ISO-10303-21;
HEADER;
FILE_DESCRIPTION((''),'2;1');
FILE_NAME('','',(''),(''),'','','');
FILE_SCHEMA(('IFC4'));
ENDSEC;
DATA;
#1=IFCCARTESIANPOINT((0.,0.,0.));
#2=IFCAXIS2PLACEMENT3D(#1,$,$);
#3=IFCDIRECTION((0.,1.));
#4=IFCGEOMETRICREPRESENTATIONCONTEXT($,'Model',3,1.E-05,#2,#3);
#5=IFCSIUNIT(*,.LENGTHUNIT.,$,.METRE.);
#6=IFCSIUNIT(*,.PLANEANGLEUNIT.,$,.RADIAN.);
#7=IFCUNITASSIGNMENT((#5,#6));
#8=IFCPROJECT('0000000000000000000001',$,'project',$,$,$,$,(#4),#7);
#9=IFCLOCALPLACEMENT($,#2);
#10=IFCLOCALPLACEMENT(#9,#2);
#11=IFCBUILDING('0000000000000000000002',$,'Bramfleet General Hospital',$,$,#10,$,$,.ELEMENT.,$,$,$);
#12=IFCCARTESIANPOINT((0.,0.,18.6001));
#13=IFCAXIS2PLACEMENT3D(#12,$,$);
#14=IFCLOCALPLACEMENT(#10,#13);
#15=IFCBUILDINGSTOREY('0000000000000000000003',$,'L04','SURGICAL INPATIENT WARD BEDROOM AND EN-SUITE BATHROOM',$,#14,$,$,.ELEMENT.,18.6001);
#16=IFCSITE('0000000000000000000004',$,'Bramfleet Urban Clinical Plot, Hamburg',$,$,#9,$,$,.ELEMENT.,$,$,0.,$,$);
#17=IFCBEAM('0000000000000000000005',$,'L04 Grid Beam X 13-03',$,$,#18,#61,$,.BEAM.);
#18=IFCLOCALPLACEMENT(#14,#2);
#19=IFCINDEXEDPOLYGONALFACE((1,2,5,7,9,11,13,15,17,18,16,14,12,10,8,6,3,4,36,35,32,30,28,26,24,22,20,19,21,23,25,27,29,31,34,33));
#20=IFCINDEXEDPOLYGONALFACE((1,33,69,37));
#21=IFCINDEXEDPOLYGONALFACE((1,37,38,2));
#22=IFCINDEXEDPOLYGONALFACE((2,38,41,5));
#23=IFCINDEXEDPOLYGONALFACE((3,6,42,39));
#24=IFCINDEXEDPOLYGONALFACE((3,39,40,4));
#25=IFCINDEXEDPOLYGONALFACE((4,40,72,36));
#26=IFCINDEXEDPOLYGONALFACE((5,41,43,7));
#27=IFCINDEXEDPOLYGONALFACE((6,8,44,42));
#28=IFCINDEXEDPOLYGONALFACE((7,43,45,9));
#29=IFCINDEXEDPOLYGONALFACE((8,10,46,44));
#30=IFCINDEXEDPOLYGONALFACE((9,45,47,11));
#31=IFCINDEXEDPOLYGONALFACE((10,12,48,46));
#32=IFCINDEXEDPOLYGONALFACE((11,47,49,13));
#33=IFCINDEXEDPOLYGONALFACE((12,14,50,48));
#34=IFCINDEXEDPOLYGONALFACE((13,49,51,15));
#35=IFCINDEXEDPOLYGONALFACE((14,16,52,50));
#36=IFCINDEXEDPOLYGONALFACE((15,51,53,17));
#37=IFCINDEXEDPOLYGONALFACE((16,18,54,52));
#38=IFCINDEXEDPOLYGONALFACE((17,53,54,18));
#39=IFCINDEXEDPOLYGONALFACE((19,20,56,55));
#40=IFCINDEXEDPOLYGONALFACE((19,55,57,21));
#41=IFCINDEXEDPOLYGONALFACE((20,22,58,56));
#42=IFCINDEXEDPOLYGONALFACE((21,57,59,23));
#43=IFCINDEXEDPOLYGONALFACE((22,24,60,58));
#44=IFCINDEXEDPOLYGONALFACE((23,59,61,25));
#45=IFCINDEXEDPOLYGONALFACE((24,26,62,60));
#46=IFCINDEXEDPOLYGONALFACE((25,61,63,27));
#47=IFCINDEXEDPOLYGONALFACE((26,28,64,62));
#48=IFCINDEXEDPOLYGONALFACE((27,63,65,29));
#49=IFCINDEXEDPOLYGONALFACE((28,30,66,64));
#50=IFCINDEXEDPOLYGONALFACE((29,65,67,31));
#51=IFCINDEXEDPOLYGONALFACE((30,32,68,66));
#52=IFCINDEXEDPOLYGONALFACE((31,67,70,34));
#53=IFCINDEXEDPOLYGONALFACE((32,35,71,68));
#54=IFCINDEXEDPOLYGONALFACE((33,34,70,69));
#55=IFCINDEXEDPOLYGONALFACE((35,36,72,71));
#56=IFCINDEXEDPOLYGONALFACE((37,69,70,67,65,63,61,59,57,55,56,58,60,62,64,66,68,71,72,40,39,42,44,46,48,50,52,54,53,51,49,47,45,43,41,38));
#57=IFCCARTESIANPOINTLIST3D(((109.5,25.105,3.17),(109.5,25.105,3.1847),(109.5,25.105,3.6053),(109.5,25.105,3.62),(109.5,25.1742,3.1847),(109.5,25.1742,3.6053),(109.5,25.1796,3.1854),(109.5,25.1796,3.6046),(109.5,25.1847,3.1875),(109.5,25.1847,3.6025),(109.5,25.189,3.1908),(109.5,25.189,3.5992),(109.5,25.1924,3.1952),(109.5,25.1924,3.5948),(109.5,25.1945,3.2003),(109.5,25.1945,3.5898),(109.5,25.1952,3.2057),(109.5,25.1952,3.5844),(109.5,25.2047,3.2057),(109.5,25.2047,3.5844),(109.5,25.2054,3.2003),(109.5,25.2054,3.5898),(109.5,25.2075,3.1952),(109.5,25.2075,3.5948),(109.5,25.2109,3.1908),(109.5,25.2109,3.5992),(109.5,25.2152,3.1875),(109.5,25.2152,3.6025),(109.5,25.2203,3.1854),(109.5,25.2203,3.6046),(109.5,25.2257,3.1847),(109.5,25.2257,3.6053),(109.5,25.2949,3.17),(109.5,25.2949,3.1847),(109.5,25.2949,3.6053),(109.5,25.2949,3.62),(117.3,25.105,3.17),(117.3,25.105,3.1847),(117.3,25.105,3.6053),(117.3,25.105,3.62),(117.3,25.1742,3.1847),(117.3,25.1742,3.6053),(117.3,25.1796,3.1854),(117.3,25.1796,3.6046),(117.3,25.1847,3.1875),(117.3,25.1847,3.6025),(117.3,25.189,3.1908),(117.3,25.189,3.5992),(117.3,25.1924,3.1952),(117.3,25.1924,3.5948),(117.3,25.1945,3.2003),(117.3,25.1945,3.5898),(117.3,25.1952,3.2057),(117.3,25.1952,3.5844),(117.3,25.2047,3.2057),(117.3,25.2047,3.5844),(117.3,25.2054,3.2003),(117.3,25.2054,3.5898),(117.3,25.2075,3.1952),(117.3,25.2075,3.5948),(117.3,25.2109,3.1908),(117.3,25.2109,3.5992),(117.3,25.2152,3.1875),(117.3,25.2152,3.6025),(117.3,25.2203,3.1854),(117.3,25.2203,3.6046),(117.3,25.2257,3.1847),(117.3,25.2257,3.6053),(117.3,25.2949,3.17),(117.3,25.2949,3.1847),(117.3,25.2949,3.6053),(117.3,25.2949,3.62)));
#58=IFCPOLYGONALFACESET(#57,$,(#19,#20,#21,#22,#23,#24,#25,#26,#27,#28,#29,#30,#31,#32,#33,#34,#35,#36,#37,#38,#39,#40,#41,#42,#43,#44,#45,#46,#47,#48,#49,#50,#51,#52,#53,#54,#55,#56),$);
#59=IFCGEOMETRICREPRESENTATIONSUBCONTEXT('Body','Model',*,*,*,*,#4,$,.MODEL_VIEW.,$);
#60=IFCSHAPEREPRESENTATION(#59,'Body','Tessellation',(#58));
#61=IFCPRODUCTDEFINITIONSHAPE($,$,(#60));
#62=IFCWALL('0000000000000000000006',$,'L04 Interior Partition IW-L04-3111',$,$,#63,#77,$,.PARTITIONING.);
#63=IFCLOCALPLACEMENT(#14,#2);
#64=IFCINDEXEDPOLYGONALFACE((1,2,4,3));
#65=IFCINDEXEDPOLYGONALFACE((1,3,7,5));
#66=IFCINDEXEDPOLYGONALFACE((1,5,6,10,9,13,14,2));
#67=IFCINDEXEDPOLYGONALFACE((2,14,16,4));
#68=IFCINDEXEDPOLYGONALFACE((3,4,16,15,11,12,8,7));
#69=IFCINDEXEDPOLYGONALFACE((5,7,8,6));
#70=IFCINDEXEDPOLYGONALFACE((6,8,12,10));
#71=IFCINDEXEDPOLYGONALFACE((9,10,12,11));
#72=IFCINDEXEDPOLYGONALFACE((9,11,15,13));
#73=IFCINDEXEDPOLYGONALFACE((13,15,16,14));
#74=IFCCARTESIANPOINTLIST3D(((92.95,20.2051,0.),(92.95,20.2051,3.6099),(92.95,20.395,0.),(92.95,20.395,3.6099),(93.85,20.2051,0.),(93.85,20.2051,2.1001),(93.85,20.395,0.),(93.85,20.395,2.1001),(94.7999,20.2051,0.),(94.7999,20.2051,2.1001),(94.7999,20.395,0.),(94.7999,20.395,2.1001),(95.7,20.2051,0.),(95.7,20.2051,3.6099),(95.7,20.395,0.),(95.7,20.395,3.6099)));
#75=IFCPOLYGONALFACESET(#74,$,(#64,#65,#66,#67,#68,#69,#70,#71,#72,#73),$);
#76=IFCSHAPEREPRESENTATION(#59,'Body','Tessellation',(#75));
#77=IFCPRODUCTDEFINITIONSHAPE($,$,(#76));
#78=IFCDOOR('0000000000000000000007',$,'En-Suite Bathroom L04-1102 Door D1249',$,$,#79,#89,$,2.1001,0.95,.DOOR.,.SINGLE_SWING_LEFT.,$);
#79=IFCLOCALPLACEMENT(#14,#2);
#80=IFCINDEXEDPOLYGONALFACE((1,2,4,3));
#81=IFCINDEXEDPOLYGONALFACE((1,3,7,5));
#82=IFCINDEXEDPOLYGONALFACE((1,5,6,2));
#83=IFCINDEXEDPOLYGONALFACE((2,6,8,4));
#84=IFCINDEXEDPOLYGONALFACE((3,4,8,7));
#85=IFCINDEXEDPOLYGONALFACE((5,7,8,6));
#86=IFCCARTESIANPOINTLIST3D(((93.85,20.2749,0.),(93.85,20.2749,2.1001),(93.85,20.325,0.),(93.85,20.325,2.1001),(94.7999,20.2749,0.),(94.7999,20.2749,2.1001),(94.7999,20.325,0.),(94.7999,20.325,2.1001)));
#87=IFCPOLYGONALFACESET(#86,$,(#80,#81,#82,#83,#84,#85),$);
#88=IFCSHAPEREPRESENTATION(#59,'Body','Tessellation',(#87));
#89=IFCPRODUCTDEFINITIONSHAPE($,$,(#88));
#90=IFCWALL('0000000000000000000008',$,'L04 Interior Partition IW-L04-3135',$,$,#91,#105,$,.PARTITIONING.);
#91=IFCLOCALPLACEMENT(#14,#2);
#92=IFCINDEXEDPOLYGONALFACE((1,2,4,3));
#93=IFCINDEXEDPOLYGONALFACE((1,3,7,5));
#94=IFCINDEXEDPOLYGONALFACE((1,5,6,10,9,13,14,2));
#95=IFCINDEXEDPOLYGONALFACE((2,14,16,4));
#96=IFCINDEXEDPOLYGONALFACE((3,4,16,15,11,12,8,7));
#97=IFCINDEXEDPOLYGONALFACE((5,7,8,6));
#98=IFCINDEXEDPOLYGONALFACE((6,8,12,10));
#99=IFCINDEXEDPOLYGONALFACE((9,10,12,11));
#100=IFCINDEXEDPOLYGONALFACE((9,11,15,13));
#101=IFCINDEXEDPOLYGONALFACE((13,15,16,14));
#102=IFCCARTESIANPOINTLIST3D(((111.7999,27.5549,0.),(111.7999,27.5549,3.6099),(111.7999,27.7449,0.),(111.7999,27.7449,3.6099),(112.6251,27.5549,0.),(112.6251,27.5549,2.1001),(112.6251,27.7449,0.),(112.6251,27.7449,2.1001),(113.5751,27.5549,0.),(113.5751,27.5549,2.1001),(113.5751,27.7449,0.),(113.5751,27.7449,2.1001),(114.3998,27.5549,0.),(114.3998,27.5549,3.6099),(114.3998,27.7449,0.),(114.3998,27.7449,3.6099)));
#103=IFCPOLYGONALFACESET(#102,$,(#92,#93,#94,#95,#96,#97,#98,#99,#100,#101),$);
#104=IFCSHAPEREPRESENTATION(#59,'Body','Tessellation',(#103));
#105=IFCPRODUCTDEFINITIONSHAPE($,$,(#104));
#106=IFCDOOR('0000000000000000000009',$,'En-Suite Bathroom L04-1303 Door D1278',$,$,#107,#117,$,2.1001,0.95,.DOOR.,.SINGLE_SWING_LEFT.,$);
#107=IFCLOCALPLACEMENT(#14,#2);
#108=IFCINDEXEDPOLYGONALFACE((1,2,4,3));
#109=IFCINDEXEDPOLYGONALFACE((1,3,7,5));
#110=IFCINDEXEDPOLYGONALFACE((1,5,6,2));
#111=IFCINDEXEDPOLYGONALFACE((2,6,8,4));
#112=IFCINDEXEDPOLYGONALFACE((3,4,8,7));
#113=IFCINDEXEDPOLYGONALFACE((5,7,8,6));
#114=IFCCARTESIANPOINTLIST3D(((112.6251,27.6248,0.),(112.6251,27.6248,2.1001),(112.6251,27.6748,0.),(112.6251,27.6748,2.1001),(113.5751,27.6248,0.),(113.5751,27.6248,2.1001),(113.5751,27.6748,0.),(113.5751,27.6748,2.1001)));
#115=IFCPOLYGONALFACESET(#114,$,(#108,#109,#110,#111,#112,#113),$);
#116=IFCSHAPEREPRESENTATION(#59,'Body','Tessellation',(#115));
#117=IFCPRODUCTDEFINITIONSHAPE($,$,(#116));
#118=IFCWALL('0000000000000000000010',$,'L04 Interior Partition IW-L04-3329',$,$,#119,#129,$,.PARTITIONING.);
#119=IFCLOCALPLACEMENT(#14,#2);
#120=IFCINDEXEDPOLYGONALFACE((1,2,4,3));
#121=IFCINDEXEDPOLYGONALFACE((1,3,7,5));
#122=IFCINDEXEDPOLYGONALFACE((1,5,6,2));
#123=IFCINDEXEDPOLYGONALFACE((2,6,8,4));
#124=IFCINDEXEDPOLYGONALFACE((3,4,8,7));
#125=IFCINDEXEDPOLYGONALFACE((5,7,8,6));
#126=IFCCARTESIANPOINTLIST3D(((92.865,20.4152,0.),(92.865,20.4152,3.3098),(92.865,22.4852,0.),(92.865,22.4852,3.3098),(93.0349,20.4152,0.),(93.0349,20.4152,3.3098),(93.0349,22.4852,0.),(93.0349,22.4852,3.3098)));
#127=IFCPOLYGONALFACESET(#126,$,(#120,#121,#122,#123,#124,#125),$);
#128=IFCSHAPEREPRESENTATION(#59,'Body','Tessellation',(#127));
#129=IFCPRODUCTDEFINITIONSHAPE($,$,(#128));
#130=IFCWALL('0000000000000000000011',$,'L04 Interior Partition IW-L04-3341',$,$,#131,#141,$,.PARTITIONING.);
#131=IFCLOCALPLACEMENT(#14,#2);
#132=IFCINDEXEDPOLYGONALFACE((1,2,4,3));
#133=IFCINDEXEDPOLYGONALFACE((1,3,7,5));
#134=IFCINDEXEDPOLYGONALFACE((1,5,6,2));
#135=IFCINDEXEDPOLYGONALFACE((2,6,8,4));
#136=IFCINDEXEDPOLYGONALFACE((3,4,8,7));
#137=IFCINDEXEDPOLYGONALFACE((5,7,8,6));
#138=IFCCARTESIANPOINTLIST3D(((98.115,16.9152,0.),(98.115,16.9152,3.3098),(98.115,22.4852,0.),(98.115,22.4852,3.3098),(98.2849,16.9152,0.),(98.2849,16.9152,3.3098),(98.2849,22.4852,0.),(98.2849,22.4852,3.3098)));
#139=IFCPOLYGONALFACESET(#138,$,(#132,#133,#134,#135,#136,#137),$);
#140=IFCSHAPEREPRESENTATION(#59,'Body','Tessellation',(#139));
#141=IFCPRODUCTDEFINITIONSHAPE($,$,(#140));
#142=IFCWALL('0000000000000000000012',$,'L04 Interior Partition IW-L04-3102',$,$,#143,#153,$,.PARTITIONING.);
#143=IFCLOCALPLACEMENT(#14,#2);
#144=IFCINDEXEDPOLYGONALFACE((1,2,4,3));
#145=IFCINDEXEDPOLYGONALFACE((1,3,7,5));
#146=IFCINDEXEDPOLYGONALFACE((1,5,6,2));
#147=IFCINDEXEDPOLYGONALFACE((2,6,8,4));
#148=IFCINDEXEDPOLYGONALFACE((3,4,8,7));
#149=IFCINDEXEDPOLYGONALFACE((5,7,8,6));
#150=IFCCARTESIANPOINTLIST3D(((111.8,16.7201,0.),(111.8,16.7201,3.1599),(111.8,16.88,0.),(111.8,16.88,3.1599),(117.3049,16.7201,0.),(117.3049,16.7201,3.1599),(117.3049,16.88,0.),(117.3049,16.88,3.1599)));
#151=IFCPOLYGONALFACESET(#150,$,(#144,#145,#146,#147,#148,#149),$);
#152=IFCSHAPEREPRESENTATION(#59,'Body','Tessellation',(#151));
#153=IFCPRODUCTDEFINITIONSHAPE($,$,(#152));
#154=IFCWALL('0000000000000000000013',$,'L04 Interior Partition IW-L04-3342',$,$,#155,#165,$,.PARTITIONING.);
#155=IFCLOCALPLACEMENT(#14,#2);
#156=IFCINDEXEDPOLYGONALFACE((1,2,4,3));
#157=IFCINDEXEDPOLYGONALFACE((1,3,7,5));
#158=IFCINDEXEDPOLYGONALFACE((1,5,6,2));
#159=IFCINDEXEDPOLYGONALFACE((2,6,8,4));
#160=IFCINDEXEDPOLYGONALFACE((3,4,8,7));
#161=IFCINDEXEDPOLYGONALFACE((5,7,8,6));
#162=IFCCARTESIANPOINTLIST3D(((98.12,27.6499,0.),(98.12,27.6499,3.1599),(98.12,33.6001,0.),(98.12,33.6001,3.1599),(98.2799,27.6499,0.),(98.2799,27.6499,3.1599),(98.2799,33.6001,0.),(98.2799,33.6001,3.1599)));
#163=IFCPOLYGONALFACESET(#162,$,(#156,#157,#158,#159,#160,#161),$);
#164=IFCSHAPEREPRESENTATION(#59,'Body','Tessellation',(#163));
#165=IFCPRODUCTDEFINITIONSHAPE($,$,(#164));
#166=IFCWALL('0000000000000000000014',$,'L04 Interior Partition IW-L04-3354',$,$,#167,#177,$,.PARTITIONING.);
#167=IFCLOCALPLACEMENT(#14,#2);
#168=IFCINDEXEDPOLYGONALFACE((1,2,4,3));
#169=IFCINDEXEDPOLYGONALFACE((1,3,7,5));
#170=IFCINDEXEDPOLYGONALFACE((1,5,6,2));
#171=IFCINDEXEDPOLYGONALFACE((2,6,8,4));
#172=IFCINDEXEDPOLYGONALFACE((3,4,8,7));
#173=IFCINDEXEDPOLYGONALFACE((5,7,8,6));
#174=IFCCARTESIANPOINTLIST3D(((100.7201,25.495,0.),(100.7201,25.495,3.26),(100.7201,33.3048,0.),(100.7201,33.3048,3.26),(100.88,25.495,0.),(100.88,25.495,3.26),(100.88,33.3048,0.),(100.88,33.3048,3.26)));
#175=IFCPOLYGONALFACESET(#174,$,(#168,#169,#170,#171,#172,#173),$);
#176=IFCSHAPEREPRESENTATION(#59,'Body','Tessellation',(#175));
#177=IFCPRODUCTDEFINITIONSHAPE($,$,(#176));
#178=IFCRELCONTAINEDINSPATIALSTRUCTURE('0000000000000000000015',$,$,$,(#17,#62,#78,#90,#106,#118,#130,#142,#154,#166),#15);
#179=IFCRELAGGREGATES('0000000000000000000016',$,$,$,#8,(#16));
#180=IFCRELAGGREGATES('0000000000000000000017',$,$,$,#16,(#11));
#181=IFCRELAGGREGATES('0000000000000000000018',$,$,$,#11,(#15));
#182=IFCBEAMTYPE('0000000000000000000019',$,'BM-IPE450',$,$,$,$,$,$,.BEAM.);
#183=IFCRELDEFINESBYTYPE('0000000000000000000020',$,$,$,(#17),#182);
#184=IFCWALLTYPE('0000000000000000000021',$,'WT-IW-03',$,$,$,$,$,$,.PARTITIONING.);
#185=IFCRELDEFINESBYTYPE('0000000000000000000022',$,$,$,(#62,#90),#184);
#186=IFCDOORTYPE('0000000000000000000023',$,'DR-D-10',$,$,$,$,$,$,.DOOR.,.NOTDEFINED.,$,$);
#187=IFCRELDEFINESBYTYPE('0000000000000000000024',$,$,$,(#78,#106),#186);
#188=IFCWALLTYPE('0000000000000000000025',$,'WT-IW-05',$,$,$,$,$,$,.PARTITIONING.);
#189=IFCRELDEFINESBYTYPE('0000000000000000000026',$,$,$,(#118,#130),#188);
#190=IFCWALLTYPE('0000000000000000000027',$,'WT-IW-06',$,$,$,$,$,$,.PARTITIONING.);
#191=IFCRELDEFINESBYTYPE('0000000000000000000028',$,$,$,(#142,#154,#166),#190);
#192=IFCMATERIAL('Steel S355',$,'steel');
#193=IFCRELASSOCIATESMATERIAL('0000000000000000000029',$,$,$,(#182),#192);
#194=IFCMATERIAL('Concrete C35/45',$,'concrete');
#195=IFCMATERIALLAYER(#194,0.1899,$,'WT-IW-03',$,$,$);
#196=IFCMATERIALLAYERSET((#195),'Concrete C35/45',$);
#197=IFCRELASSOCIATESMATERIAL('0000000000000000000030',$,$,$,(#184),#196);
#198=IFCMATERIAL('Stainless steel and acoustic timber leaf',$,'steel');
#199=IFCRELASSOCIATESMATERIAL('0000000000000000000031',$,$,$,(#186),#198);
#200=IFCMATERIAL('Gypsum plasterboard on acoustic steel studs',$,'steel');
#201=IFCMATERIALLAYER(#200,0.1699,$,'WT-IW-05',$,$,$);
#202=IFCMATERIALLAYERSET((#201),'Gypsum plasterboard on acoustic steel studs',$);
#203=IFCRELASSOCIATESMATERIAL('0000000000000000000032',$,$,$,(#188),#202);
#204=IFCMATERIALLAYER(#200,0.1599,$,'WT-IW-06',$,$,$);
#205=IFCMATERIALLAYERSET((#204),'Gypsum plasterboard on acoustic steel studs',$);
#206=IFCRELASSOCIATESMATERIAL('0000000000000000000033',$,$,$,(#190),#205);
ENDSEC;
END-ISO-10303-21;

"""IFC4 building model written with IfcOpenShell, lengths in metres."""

from ifc_helpers import new_model, si_unit, direction, frame, frame_2d, origin, origin_2d, place, context, subcontext, project, spatial, rectangle, i_section, extrude, material, layer, layer_set, material_profile, profile_set, type_object, element, fill, save


model = new_model("IFC4")

# Units and contexts
model_context = context("Model", 3, precision=1e-05, world=origin(), true_north=direction((0.0, 1.0)))
body_context = subcontext(model_context, "Body", "Model", "MODEL_VIEW")
ifc_project = project(units=[si_unit("LENGTHUNIT", "METRE"), si_unit("PLANEANGLEUNIT", "RADIAN")], contexts=[model_context])

# Site, building, storey
site_placement = place(None, origin())
site = spatial("IfcSite", under=ifc_project, at=site_placement, Name="Bramfleet Urban Clinical Plot, Hamburg", CompositionType="ELEMENT", RefElevation=0.0)
building_placement = place(site_placement, origin())
building = spatial("IfcBuilding", under=site, at=building_placement, Name="Bramfleet General Hospital", CompositionType="ELEMENT")
storey_placement = place(building_placement, frame((0.0, 0.0, 18.6001)))
storey = spatial("IfcBuildingStorey", under=building, at=storey_placement, Name="L04", Description="SURGICAL INPATIENT WARD BEDROOM AND EN-SUITE BATHROOM", CompositionType="ELEMENT", Elevation=18.6001)

# Beam
ifc_material_1 = material(Name="Steel S355", Category="steel")
ifc_material_profile_1 = material_profile(ifc_material_1, i_section(OverallWidth=0.1899, OverallDepth=0.45, WebThickness=0.0095, FlangeThickness=0.0146, FilletRadius=0.021, at=origin_2d()), Name="IPE 450")
ifc_profile_set_1 = profile_set([ifc_material_profile_1], Name="Steel S355")
beam_type_1 = type_object("IfcBeamType", Name="BM-IPE450", PredefinedType="BEAM", material=ifc_profile_set_1)
beam_1_placement = place(storey_placement, frame((109.5, 25.2, 3.395), z_axis=(1.0, 0.0, 0.0), x_axis=(0.0, 1.0, 0.0)))
element("IfcBeam", 1, at=beam_1_placement, inside=storey, type_object=beam_type_1, Name="L04 Grid Beam X 13-03", PredefinedType="BEAM", context=body_context, shape_type="SweptSolid", body=[
    extrude(i_section(OverallWidth=0.1899, OverallDepth=0.45, WebThickness=0.0095, FlangeThickness=0.0146, FilletRadius=0.021, at=origin_2d()), origin(), (0.0, 0.0, 1.0), 7.8),
])

# Walls, openings, doors
ifc_material_2 = material(Name="Concrete C35/45", Category="concrete")
ifc_layer_1 = layer(ifc_material_2, 0.1899, Name="WT-IW-03")
ifc_layer_set_1 = layer_set([ifc_layer_1], Name="Concrete C35/45")
wall_type_1 = type_object("IfcWallType", Name="WT-IW-03", PredefinedType="PARTITIONING", material=ifc_layer_set_1)
wall_1_placement = place(storey_placement, frame((92.95, 20.3, 0.0), z_axis=(0.0, 0.0, 1.0), x_axis=(1.0, 0.0, 0.0)))
wall_1 = element("IfcWall", 2, at=wall_1_placement, inside=storey, type_object=wall_type_1, Name="L04 Interior Partition IW-L04-3111", PredefinedType="PARTITIONING", context=body_context, shape_type="SweptSolid", body=[
    extrude(rectangle(XDim=2.75, YDim=0.1899, at=frame_2d((1.375, 0.0))), origin(), (0.0, 0.0, 1.0), 3.6099),
])
opening_1_placement = place(wall_1_placement, frame((0.8999, 0.0, 0.0)))
opening_1 = element("IfcOpeningElement", 3, at=opening_1_placement, cuts=wall_1, PredefinedType="OPENING", context=body_context, shape_type="SweptSolid", body=[
    extrude(rectangle(XDim=0.95, YDim=2.1001, at=frame_2d((0.4751, 1.05))), frame((0.0, 0.105, 0.0), z_axis=(0.0, -1.0, 0.0), x_axis=(1.0, 0.0, 0.0)), (0.0, 0.0, 1.0), 0.21),
])
ifc_material_3 = material(Name="Stainless steel and acoustic timber leaf", Category="steel")
door_type_1 = type_object("IfcDoorType", Name="DR-D-10", OperationType="NOTDEFINED", PredefinedType="DOOR", material=ifc_material_3)
door_1_placement = place(opening_1_placement, origin())
door_1 = element("IfcDoor", 4, at=door_1_placement, inside=storey, type_object=door_type_1, Name="En-Suite Bathroom L04-1102 Door D1249", OperationType="SINGLE_SWING_LEFT", OverallHeight=2.1001, OverallWidth=0.95, PredefinedType="DOOR", context=body_context, shape_type="SweptSolid", body=[
    extrude(rectangle(XDim=0.95, YDim=2.1001, at=frame_2d((0.4751, 1.05))), frame((0.0, 0.0249, 0.0), z_axis=(0.0, -1.0, 0.0), x_axis=(1.0, 0.0, 0.0)), (0.0, 0.0, 1.0), 0.05),
])
fill(opening_1, door_1)
wall_2_placement = place(storey_placement, frame((111.8, 27.6499, 0.0), z_axis=(0.0, 0.0, 1.0), x_axis=(1.0, 0.0, 0.0)))
wall_2 = element("IfcWall", 5, at=wall_2_placement, inside=storey, type_object=wall_type_1, Name="L04 Interior Partition IW-L04-3135", PredefinedType="PARTITIONING", context=body_context, shape_type="SweptSolid", body=[
    extrude(rectangle(XDim=2.5999, YDim=0.1899, at=frame_2d((1.2998, 0.0))), origin(), (0.0, 0.0, 1.0), 3.6099),
])
opening_2_placement = place(wall_2_placement, frame((0.825, 0.0, 0.0)))
opening_2 = element("IfcOpeningElement", 6, at=opening_2_placement, cuts=wall_2, PredefinedType="OPENING", context=body_context, shape_type="SweptSolid", body=[
    extrude(rectangle(XDim=0.95, YDim=2.1001, at=frame_2d((0.4751, 1.05))), frame((0.0, 0.105, 0.0), z_axis=(0.0, -1.0, 0.0), x_axis=(1.0, 0.0, 0.0)), (0.0, 0.0, 1.0), 0.21),
])
door_2_placement = place(opening_2_placement, origin())
door_2 = element("IfcDoor", 7, at=door_2_placement, inside=storey, type_object=door_type_1, Name="En-Suite Bathroom L04-1303 Door D1278", OperationType="SINGLE_SWING_LEFT", OverallHeight=2.1001, OverallWidth=0.95, PredefinedType="DOOR", context=body_context, shape_type="SweptSolid", body=[
    extrude(rectangle(XDim=0.95, YDim=2.1001, at=frame_2d((0.4751, 1.05))), frame((0.0, 0.0249, 0.0), z_axis=(0.0, -1.0, 0.0), x_axis=(1.0, 0.0, 0.0)), (0.0, 0.0, 1.0), 0.05),
])
fill(opening_2, door_2)

# Walls
ifc_material_4 = material(Name="Gypsum plasterboard on acoustic steel studs", Category="steel")
ifc_layer_2 = layer(ifc_material_4, 0.1699, Name="WT-IW-05")
ifc_layer_set_2 = layer_set([ifc_layer_2], Name="Gypsum plasterboard on acoustic steel studs")
wall_type_2 = type_object("IfcWallType", Name="WT-IW-05", PredefinedType="PARTITIONING", material=ifc_layer_set_2)
wall_3_placement = place(storey_placement, frame((92.95, 20.415, 0.0), z_axis=(0.0, 0.0, 1.0), x_axis=(0.0, 1.0, 0.0)))
element("IfcWall", 8, at=wall_3_placement, inside=storey, type_object=wall_type_2, Name="L04 Interior Partition IW-L04-3329", PredefinedType="PARTITIONING", context=body_context, shape_type="SweptSolid", body=[
    extrude(rectangle(XDim=2.0701, YDim=0.1699, at=frame_2d((1.0352, 0.0))), origin(), (0.0, 0.0, 1.0), 3.3098),
])
wall_4_placement = place(storey_placement, frame((98.2, 16.915, 0.0), z_axis=(0.0, 0.0, 1.0), x_axis=(0.0, 1.0, 0.0)))
element("IfcWall", 9, at=wall_4_placement, inside=storey, type_object=wall_type_2, Name="L04 Interior Partition IW-L04-3341", PredefinedType="PARTITIONING", context=body_context, shape_type="SweptSolid", body=[
    extrude(rectangle(XDim=5.5701, YDim=0.1699, at=frame_2d((2.7852, 0.0))), origin(), (0.0, 0.0, 1.0), 3.3098),
])
ifc_layer_3 = layer(ifc_material_4, 0.1599, Name="WT-IW-06")
ifc_layer_set_3 = layer_set([ifc_layer_3], Name="Gypsum plasterboard on acoustic steel studs")
wall_type_3 = type_object("IfcWallType", Name="WT-IW-06", PredefinedType="PARTITIONING", material=ifc_layer_set_3)
wall_5_placement = place(storey_placement, frame((111.8, 16.8, 0.0), z_axis=(0.0, 0.0, 1.0), x_axis=(1.0, 0.0, 0.0)))
element("IfcWall", 10, at=wall_5_placement, inside=storey, type_object=wall_type_3, Name="L04 Interior Partition IW-L04-3102", PredefinedType="PARTITIONING", context=body_context, shape_type="SweptSolid", body=[
    extrude(rectangle(XDim=5.5049, YDim=0.1599, at=frame_2d((2.7524, 0.0))), origin(), (0.0, 0.0, 1.0), 3.1599),
])
wall_6_placement = place(storey_placement, frame((98.2, 27.6499, 0.0), z_axis=(0.0, 0.0, 1.0), x_axis=(0.0, 1.0, 0.0)))
element("IfcWall", 11, at=wall_6_placement, inside=storey, type_object=wall_type_3, Name="L04 Interior Partition IW-L04-3342", PredefinedType="PARTITIONING", context=body_context, shape_type="SweptSolid", body=[
    extrude(rectangle(XDim=5.9502, YDim=0.1599, at=frame_2d((2.9751, 0.0))), origin(), (0.0, 0.0, 1.0), 3.1599),
])
wall_7_placement = place(storey_placement, frame((100.8, 25.4951, 0.0), z_axis=(0.0, 0.0, 1.0), x_axis=(0.0, 1.0, 0.0)))
element("IfcWall", 12, at=wall_7_placement, inside=storey, type_object=wall_type_3, Name="L04 Interior Partition IW-L04-3354", PredefinedType="PARTITIONING", context=body_context, shape_type="SweptSolid", body=[
    extrude(rectangle(XDim=7.8098, YDim=0.1599, at=frame_2d((3.9048, 0.0))), origin(), (0.0, 0.0, 1.0), 3.26),
])

save(model, "model.ifc")
